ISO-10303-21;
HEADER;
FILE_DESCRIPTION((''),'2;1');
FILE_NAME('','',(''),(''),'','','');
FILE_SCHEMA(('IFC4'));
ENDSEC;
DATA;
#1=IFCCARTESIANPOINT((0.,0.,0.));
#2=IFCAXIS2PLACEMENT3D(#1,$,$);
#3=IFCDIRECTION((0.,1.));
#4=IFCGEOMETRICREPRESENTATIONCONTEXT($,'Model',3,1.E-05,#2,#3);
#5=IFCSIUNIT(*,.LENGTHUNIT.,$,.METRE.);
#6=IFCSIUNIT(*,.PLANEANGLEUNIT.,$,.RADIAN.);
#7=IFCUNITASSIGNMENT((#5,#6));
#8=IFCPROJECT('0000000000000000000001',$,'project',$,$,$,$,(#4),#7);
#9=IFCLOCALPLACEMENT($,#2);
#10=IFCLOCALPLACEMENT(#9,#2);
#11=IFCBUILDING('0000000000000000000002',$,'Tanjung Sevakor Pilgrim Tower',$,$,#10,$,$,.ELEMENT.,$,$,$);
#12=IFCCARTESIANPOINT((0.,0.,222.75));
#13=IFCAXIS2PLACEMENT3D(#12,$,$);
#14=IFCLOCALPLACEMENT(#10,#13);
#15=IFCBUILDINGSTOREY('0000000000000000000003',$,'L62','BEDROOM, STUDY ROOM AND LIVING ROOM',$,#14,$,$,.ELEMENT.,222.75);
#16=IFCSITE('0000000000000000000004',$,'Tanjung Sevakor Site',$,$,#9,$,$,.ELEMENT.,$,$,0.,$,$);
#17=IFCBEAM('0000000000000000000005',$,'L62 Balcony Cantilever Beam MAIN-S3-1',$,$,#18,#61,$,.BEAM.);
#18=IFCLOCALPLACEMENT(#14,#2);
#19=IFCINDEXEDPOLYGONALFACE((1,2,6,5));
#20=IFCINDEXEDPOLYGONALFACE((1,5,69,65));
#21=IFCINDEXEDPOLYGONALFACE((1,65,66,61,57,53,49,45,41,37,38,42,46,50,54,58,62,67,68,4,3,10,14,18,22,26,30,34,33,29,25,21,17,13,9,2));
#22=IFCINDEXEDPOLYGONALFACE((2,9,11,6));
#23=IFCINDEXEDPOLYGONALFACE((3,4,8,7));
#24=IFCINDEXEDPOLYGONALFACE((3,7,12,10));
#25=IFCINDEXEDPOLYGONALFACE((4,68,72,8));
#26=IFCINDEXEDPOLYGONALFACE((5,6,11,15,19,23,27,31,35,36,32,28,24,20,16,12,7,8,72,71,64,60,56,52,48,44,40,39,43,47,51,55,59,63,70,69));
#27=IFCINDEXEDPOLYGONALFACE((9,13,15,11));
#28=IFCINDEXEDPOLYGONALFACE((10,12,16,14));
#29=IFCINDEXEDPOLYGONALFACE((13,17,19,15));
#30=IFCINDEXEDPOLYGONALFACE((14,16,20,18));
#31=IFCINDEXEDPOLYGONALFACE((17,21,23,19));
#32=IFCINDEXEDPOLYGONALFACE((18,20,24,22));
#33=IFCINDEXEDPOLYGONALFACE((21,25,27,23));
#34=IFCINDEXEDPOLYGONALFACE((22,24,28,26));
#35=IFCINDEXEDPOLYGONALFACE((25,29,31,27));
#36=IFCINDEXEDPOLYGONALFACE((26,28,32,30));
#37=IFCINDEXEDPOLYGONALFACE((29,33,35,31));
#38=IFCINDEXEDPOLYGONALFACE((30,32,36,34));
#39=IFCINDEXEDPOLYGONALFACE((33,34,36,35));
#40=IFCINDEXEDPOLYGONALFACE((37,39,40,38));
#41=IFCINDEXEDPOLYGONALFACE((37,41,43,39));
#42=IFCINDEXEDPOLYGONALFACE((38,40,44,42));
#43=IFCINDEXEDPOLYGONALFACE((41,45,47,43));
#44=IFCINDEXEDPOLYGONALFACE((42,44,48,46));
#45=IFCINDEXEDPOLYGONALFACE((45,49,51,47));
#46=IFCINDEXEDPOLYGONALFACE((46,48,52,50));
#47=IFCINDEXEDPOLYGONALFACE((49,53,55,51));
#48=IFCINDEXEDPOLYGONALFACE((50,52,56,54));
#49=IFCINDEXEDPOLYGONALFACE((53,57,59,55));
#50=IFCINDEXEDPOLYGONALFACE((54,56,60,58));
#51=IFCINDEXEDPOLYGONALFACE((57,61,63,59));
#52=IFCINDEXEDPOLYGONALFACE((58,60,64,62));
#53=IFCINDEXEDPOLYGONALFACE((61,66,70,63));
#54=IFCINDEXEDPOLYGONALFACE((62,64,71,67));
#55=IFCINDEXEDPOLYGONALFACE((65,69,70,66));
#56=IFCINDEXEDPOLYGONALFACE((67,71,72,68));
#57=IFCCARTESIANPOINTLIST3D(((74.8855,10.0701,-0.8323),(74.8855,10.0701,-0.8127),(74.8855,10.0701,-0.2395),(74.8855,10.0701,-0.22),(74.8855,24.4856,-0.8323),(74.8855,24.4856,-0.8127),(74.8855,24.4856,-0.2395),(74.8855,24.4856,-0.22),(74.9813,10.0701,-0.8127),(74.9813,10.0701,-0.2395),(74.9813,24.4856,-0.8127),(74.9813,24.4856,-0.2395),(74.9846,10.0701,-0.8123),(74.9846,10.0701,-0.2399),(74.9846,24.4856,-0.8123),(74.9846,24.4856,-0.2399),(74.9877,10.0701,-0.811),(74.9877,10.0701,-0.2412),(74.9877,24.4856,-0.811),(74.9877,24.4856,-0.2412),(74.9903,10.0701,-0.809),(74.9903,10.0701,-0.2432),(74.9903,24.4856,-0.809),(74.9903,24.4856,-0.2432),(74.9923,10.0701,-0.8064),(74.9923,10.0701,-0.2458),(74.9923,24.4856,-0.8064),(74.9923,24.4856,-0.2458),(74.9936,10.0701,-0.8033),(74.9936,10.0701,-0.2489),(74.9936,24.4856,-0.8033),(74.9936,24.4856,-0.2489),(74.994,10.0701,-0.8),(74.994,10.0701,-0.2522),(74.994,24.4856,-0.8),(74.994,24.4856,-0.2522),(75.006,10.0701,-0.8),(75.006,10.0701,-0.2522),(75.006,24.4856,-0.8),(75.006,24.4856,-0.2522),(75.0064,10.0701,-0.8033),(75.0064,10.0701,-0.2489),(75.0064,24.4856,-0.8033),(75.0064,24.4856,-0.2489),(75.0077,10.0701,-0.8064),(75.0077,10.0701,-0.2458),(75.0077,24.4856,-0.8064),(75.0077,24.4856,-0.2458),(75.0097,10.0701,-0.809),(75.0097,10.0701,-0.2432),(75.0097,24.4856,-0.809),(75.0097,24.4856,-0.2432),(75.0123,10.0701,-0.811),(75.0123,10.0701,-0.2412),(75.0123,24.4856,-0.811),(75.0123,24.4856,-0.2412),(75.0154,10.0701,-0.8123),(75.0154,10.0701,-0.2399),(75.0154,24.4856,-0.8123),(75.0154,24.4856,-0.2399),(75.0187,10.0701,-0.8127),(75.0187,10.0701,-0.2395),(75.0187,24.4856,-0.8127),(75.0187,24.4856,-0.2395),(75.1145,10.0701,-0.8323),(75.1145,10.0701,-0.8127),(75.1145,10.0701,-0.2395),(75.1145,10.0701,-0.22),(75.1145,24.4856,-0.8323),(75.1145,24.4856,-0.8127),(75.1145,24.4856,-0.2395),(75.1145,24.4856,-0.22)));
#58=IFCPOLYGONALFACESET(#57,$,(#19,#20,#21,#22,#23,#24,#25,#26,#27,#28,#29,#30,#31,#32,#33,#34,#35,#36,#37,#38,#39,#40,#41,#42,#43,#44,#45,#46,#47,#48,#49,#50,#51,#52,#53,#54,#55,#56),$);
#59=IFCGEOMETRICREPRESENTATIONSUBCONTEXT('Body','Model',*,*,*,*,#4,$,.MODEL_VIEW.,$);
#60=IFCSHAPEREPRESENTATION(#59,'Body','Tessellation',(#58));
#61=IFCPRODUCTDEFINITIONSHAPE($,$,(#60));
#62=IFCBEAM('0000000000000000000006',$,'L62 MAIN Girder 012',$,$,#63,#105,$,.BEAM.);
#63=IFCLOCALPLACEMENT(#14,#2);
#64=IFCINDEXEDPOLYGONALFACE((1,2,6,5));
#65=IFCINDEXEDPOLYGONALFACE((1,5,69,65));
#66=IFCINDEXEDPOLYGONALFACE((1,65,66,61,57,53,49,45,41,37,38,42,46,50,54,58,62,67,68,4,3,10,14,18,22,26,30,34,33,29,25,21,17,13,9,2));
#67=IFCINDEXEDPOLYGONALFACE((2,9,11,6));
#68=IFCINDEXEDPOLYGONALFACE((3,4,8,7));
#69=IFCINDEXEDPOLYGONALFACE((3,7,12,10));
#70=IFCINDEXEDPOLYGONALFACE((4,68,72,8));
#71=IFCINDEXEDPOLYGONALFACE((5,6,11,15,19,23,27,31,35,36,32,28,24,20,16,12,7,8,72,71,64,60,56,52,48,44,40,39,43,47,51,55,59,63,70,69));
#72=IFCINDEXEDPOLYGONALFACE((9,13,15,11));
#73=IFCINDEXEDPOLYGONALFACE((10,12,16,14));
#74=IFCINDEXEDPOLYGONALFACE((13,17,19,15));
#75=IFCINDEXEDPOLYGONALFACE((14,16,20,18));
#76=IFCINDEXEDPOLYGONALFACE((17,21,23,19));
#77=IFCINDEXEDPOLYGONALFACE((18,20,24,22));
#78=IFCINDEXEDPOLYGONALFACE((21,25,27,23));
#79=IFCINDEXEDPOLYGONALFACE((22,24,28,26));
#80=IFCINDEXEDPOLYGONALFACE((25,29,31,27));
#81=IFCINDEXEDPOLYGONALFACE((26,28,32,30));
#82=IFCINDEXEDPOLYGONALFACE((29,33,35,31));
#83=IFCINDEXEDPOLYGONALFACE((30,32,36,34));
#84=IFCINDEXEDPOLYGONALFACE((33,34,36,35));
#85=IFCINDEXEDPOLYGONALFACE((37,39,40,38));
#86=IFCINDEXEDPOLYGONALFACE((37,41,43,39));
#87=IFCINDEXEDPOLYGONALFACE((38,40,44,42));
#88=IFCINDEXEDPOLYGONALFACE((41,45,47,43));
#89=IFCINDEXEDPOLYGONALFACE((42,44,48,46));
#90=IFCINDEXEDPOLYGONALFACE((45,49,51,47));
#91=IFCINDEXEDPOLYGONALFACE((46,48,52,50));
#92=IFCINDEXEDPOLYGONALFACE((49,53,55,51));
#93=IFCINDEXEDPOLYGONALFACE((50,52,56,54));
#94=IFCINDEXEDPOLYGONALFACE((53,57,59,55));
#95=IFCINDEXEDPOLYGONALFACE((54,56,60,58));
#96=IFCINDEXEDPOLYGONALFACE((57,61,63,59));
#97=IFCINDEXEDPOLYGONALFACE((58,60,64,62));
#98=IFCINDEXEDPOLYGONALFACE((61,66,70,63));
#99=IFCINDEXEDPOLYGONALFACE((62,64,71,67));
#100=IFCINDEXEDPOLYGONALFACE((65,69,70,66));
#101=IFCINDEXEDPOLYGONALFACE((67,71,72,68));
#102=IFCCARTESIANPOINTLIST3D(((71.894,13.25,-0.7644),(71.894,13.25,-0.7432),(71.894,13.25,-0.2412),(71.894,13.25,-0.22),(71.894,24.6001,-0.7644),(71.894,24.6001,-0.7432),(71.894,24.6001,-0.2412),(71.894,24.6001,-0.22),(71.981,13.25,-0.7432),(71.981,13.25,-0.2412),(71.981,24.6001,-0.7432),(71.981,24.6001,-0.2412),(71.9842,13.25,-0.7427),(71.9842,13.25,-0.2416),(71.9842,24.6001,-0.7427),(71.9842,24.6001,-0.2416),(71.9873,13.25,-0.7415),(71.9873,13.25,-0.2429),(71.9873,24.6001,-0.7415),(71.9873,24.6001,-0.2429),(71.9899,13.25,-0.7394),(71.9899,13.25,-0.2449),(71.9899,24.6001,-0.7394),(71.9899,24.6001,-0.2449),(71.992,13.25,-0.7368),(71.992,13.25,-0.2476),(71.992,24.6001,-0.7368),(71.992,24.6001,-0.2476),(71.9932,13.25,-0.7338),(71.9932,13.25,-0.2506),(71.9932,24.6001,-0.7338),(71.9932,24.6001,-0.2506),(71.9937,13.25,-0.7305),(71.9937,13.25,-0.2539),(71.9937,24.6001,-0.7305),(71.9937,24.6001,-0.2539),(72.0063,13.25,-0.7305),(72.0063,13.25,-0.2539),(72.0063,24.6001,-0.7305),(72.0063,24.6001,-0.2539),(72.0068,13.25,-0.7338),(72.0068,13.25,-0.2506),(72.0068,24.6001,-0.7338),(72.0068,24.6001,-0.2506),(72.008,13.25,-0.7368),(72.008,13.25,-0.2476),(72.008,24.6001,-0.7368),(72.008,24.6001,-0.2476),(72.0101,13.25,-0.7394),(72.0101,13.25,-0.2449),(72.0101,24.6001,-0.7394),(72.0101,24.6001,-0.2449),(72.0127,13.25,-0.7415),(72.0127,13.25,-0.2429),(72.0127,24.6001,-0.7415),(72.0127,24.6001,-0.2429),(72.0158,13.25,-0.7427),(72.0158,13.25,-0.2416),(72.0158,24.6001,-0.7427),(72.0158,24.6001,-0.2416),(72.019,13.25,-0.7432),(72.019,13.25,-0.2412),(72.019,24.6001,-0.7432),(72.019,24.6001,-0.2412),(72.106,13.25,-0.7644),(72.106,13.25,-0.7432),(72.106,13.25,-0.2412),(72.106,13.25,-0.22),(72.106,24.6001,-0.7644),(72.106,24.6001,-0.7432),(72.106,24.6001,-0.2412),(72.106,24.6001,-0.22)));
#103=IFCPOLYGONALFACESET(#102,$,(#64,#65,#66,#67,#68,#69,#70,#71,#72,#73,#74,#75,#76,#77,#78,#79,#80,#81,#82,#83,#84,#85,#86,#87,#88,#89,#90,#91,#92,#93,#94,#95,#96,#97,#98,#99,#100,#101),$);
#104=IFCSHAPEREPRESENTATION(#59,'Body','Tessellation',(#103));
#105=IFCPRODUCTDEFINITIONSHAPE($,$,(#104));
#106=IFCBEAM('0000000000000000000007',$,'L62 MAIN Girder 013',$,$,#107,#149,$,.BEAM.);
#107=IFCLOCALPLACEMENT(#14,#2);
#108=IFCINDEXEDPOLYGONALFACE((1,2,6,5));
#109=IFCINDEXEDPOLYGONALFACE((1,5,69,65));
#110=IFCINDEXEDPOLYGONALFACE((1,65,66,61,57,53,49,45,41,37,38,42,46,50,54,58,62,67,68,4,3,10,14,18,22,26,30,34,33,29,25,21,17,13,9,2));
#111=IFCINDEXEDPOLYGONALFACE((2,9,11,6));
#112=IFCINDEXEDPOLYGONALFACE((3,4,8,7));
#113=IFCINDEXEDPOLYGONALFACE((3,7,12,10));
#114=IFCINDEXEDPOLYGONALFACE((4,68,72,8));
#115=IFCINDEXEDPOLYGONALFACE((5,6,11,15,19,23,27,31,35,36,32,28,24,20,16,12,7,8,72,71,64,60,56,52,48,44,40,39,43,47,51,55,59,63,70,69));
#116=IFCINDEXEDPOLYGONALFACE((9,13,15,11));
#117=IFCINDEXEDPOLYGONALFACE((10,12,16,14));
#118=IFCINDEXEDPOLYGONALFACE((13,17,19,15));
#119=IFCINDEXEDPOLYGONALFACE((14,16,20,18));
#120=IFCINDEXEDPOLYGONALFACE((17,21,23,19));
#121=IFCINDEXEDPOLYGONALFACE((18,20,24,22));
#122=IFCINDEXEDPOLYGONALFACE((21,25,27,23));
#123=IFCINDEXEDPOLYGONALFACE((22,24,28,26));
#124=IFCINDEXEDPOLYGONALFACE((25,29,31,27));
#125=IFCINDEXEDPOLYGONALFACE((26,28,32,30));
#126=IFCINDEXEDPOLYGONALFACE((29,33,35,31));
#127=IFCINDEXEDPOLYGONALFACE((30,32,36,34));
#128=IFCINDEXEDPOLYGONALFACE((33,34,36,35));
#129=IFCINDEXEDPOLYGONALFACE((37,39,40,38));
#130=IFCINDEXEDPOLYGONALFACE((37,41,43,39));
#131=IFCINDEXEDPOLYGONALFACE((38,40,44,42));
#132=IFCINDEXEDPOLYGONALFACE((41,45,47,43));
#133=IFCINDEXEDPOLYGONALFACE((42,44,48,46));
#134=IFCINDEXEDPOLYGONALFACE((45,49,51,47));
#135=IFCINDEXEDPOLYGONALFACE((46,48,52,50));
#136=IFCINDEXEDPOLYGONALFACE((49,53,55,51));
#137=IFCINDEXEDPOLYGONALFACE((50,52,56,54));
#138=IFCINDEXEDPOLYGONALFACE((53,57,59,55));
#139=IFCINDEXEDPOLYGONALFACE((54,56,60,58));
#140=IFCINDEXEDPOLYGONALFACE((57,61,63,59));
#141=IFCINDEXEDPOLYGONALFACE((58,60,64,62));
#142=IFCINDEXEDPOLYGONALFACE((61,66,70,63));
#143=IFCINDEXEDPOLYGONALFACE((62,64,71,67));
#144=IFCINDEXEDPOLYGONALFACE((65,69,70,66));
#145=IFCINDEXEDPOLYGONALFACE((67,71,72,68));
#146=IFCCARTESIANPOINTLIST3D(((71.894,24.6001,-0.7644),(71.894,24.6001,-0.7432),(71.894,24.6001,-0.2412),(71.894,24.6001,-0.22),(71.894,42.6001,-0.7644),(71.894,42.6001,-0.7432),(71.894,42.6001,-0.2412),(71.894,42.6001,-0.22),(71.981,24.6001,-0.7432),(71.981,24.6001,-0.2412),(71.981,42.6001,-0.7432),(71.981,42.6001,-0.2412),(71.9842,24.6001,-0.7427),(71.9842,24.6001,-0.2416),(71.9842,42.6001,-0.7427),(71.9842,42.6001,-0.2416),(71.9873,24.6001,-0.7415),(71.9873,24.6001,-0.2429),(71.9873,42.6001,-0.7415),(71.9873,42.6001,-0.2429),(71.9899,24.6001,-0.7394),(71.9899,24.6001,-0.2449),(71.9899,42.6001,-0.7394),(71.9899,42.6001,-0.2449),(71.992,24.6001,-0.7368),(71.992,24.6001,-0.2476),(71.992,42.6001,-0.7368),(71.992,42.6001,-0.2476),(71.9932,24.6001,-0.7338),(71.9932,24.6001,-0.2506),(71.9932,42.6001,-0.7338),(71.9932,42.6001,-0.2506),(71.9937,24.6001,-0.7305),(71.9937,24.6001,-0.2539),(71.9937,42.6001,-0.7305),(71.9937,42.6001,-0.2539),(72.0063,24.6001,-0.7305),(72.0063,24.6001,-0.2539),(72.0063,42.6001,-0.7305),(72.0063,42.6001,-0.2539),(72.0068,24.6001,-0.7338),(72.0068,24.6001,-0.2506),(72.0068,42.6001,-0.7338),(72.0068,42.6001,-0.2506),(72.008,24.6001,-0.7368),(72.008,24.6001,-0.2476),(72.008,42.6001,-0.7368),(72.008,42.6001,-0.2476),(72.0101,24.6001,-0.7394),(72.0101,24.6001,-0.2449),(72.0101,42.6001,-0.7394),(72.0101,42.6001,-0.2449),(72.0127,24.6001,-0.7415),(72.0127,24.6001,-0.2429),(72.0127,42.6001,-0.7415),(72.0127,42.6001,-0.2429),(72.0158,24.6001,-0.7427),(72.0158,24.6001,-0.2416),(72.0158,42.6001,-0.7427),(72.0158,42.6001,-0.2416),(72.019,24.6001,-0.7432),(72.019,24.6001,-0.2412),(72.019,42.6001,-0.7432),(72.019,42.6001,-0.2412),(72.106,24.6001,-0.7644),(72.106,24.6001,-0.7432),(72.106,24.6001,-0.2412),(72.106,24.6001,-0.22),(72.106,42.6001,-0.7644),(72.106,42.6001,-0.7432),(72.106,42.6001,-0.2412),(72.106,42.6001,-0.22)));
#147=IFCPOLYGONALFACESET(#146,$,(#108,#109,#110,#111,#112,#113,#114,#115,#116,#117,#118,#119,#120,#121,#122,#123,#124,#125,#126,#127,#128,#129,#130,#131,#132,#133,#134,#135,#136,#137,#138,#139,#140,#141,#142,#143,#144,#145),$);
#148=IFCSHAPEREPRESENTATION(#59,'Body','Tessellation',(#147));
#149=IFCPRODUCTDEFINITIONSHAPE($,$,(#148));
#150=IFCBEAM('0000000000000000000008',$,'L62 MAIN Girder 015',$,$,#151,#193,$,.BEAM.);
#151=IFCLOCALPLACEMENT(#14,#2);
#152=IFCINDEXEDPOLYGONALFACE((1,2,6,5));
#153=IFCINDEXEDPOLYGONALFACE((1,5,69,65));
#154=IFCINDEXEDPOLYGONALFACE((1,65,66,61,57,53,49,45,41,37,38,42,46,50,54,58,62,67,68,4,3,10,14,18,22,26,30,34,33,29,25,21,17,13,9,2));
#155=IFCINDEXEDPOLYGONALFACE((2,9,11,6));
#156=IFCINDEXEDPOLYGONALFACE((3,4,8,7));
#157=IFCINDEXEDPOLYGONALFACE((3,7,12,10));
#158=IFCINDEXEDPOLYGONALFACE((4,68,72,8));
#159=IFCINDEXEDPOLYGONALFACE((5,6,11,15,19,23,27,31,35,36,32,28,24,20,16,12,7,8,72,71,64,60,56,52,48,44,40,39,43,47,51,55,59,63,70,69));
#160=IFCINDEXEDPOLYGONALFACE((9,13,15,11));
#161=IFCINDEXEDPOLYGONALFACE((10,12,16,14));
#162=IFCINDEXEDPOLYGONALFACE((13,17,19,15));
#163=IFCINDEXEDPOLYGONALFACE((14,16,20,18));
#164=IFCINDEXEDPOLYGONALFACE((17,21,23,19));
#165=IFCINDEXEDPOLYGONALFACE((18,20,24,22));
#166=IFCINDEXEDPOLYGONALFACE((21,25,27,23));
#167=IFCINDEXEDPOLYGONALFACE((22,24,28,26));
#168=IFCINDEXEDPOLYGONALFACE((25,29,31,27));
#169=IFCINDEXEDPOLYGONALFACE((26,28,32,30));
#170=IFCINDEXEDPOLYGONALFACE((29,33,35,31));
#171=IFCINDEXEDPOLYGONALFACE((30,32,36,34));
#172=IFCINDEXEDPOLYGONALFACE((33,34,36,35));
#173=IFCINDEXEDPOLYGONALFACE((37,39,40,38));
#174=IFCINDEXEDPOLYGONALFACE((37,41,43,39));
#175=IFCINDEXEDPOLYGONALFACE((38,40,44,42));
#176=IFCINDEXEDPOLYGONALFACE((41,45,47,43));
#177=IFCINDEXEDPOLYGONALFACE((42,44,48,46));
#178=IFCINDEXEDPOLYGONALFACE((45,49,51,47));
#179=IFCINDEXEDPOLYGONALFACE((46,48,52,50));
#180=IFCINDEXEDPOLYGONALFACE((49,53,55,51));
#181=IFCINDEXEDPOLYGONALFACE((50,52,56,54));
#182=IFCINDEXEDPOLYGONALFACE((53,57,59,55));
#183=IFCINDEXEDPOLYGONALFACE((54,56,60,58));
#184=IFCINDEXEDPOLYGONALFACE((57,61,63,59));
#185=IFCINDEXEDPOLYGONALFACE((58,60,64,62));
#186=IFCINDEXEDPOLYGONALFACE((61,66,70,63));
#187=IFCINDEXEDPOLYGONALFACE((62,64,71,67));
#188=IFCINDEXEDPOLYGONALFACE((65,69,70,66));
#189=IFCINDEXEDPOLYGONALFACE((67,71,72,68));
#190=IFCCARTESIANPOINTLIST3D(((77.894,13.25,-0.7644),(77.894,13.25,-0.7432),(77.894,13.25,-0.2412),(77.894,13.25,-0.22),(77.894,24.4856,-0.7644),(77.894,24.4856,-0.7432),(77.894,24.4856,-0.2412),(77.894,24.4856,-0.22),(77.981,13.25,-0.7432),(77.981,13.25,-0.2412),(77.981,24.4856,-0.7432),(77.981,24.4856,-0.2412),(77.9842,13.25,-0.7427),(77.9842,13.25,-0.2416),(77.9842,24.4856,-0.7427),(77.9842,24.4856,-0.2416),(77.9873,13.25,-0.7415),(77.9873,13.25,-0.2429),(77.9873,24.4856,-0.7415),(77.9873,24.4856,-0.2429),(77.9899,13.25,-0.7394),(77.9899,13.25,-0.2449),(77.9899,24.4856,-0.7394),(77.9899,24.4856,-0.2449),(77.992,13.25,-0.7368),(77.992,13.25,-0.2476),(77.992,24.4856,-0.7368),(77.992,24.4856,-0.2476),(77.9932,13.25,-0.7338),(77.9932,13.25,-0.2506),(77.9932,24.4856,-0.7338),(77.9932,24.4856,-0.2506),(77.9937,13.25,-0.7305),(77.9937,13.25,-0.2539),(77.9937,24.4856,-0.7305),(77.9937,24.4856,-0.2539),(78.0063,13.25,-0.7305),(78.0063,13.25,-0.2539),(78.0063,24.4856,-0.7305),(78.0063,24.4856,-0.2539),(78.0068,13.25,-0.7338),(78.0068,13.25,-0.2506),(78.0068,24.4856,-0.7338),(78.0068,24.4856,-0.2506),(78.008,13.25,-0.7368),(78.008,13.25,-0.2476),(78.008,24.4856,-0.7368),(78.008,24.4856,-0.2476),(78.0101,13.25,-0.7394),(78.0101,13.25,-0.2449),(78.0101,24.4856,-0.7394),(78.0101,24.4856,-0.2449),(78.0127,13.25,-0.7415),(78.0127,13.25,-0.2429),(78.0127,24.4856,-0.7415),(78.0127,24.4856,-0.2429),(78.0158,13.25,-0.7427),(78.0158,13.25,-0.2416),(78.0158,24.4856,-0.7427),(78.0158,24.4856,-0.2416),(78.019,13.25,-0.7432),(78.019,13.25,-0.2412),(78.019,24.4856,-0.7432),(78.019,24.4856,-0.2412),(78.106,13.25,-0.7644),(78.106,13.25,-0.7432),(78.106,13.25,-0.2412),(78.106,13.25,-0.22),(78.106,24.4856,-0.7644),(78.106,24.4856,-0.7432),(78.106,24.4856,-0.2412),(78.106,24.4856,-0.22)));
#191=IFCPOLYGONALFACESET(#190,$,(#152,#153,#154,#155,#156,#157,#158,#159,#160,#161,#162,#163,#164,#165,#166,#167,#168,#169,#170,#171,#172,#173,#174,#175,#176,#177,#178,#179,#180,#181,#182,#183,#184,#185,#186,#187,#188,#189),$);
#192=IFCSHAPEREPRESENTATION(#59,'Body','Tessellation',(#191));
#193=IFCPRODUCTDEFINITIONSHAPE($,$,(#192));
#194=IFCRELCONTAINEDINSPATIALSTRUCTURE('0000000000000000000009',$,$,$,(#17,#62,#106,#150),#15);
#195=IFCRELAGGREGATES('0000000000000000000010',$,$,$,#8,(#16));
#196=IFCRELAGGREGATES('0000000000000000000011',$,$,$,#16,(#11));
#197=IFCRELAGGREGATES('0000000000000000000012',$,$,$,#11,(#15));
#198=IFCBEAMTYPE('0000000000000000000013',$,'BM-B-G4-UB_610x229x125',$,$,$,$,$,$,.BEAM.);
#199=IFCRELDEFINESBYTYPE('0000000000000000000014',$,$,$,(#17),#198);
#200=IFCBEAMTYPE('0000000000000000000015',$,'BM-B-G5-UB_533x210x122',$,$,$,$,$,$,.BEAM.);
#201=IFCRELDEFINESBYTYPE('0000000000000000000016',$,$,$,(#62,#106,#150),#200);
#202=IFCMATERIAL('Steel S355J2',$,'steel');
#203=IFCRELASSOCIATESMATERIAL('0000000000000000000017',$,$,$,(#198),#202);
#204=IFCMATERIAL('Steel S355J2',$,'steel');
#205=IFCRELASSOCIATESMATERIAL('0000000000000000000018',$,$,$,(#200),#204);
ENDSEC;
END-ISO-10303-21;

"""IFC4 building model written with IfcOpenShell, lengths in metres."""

from ifc_helpers import new_model, si_unit, direction, frame, origin, origin_2d, place, context, subcontext, project, spatial, i_section, extrude, material, material_profile, profile_set, type_object, element, save


model = new_model("IFC4")

# Units and contexts
model_context = context("Model", 3, precision=1e-05, world=origin(), true_north=direction((0.0, 1.0)))
body_context = subcontext(model_context, "Body", "Model", "MODEL_VIEW")
ifc_project = project(units=[si_unit("LENGTHUNIT", "METRE"), si_unit("PLANEANGLEUNIT", "RADIAN")], contexts=[model_context])

# Site, building, storey
site_placement = place(None, origin())
site = spatial("IfcSite", under=ifc_project, at=site_placement, Name="Tanjung Sevakor Site", CompositionType="ELEMENT", RefElevation=0.0)
building_placement = place(site_placement, origin())
building = spatial("IfcBuilding", under=site, at=building_placement, Name="Tanjung Sevakor Pilgrim Tower", CompositionType="ELEMENT")
storey_placement = place(building_placement, frame((0.0, 0.0, 222.75)))
storey = spatial("IfcBuildingStorey", under=building, at=storey_placement, Name="L62", Description="BEDROOM, STUDY ROOM AND LIVING ROOM", CompositionType="ELEMENT", Elevation=222.75)

# Beams
ifc_material_1 = material(Name="Steel S355J2", Category="steel")
ifc_material_profile_1 = material_profile(ifc_material_1, i_section(OverallWidth=0.229, OverallDepth=0.6123, WebThickness=0.012, FlangeThickness=0.0195, FilletRadius=0.0127, at=origin_2d()))
ifc_profile_set_1 = profile_set([ifc_material_profile_1], Name="Steel S355J2")
beam_type_1 = type_object("IfcBeamType", Name="BM-B-G4-UB_610x229x125", PredefinedType="BEAM", material=ifc_profile_set_1)
for number, where, z_axis, x_axis, name in (
    (1, (75.0, 24.4856, -0.5261), (0.0, -1.0, 0.0), (1.0, 0.0, 0.0), "L62 Balcony Cantilever Beam MAIN-S3-1"),
):
    element("IfcBeam", number, at=place(storey_placement, frame(where, z_axis=z_axis, x_axis=x_axis)), inside=storey, type_object=beam_type_1, Name=name, PredefinedType="BEAM", context=body_context, shape_type="SweptSolid", body=[
        extrude(i_section(OverallWidth=0.229, OverallDepth=0.6123, WebThickness=0.012, FlangeThickness=0.0195, FilletRadius=0.0127, at=origin_2d()), origin(), (0.0, 0.0, 1.0), 14.4155),
    ])
ifc_material_2 = material(Name="Steel S355J2", Category="steel")
ifc_material_profile_2 = material_profile(ifc_material_2, i_section(OverallWidth=0.2119, OverallDepth=0.5444, WebThickness=0.0127, FlangeThickness=0.0212, FilletRadius=0.0127, at=origin_2d()))
ifc_profile_set_2 = profile_set([ifc_material_profile_2], Name="Steel S355J2")
beam_type_2 = type_object("IfcBeamType", Name="BM-B-G5-UB_533x210x122", PredefinedType="BEAM", material=ifc_profile_set_2)
beam_1_placement = place(storey_placement, frame((72.0, 13.25, -0.4922), z_axis=(0.0, 1.0, 0.0), x_axis=(-1.0, 0.0, 0.0)))
element("IfcBeam", 2, at=beam_1_placement, inside=storey, type_object=beam_type_2, Name="L62 MAIN Girder 012", PredefinedType="BEAM", context=body_context, shape_type="SweptSolid", body=[
    extrude(i_section(OverallWidth=0.2119, OverallDepth=0.5444, WebThickness=0.0127, FlangeThickness=0.0212, FilletRadius=0.0127, at=origin_2d()), origin(), (0.0, 0.0, 1.0), 11.3501),
])
beam_2_placement = place(storey_placement, frame((72.0, 24.6001, -0.4922), z_axis=(0.0, 1.0, 0.0), x_axis=(-1.0, 0.0, 0.0)))
element("IfcBeam", 3, at=beam_2_placement, inside=storey, type_object=beam_type_2, Name="L62 MAIN Girder 013", PredefinedType="BEAM", context=body_context, shape_type="SweptSolid", body=[
    extrude(i_section(OverallWidth=0.2119, OverallDepth=0.5444, WebThickness=0.0127, FlangeThickness=0.0212, FilletRadius=0.0127, at=origin_2d()), origin(), (0.0, 0.0, 1.0), 18.0),
])
beam_3_placement = place(storey_placement, frame((78.0, 13.25, -0.4922), z_axis=(0.0, 1.0, 0.0), x_axis=(-1.0, 0.0, 0.0)))
element("IfcBeam", 4, at=beam_3_placement, inside=storey, type_object=beam_type_2, Name="L62 MAIN Girder 015", PredefinedType="BEAM", context=body_context, shape_type="SweptSolid", body=[
    extrude(i_section(OverallWidth=0.2119, OverallDepth=0.5444, WebThickness=0.0127, FlangeThickness=0.0212, FilletRadius=0.0127, at=origin_2d()), origin(), (0.0, 0.0, 1.0), 11.2356),
])

save(model, "model.ifc")
